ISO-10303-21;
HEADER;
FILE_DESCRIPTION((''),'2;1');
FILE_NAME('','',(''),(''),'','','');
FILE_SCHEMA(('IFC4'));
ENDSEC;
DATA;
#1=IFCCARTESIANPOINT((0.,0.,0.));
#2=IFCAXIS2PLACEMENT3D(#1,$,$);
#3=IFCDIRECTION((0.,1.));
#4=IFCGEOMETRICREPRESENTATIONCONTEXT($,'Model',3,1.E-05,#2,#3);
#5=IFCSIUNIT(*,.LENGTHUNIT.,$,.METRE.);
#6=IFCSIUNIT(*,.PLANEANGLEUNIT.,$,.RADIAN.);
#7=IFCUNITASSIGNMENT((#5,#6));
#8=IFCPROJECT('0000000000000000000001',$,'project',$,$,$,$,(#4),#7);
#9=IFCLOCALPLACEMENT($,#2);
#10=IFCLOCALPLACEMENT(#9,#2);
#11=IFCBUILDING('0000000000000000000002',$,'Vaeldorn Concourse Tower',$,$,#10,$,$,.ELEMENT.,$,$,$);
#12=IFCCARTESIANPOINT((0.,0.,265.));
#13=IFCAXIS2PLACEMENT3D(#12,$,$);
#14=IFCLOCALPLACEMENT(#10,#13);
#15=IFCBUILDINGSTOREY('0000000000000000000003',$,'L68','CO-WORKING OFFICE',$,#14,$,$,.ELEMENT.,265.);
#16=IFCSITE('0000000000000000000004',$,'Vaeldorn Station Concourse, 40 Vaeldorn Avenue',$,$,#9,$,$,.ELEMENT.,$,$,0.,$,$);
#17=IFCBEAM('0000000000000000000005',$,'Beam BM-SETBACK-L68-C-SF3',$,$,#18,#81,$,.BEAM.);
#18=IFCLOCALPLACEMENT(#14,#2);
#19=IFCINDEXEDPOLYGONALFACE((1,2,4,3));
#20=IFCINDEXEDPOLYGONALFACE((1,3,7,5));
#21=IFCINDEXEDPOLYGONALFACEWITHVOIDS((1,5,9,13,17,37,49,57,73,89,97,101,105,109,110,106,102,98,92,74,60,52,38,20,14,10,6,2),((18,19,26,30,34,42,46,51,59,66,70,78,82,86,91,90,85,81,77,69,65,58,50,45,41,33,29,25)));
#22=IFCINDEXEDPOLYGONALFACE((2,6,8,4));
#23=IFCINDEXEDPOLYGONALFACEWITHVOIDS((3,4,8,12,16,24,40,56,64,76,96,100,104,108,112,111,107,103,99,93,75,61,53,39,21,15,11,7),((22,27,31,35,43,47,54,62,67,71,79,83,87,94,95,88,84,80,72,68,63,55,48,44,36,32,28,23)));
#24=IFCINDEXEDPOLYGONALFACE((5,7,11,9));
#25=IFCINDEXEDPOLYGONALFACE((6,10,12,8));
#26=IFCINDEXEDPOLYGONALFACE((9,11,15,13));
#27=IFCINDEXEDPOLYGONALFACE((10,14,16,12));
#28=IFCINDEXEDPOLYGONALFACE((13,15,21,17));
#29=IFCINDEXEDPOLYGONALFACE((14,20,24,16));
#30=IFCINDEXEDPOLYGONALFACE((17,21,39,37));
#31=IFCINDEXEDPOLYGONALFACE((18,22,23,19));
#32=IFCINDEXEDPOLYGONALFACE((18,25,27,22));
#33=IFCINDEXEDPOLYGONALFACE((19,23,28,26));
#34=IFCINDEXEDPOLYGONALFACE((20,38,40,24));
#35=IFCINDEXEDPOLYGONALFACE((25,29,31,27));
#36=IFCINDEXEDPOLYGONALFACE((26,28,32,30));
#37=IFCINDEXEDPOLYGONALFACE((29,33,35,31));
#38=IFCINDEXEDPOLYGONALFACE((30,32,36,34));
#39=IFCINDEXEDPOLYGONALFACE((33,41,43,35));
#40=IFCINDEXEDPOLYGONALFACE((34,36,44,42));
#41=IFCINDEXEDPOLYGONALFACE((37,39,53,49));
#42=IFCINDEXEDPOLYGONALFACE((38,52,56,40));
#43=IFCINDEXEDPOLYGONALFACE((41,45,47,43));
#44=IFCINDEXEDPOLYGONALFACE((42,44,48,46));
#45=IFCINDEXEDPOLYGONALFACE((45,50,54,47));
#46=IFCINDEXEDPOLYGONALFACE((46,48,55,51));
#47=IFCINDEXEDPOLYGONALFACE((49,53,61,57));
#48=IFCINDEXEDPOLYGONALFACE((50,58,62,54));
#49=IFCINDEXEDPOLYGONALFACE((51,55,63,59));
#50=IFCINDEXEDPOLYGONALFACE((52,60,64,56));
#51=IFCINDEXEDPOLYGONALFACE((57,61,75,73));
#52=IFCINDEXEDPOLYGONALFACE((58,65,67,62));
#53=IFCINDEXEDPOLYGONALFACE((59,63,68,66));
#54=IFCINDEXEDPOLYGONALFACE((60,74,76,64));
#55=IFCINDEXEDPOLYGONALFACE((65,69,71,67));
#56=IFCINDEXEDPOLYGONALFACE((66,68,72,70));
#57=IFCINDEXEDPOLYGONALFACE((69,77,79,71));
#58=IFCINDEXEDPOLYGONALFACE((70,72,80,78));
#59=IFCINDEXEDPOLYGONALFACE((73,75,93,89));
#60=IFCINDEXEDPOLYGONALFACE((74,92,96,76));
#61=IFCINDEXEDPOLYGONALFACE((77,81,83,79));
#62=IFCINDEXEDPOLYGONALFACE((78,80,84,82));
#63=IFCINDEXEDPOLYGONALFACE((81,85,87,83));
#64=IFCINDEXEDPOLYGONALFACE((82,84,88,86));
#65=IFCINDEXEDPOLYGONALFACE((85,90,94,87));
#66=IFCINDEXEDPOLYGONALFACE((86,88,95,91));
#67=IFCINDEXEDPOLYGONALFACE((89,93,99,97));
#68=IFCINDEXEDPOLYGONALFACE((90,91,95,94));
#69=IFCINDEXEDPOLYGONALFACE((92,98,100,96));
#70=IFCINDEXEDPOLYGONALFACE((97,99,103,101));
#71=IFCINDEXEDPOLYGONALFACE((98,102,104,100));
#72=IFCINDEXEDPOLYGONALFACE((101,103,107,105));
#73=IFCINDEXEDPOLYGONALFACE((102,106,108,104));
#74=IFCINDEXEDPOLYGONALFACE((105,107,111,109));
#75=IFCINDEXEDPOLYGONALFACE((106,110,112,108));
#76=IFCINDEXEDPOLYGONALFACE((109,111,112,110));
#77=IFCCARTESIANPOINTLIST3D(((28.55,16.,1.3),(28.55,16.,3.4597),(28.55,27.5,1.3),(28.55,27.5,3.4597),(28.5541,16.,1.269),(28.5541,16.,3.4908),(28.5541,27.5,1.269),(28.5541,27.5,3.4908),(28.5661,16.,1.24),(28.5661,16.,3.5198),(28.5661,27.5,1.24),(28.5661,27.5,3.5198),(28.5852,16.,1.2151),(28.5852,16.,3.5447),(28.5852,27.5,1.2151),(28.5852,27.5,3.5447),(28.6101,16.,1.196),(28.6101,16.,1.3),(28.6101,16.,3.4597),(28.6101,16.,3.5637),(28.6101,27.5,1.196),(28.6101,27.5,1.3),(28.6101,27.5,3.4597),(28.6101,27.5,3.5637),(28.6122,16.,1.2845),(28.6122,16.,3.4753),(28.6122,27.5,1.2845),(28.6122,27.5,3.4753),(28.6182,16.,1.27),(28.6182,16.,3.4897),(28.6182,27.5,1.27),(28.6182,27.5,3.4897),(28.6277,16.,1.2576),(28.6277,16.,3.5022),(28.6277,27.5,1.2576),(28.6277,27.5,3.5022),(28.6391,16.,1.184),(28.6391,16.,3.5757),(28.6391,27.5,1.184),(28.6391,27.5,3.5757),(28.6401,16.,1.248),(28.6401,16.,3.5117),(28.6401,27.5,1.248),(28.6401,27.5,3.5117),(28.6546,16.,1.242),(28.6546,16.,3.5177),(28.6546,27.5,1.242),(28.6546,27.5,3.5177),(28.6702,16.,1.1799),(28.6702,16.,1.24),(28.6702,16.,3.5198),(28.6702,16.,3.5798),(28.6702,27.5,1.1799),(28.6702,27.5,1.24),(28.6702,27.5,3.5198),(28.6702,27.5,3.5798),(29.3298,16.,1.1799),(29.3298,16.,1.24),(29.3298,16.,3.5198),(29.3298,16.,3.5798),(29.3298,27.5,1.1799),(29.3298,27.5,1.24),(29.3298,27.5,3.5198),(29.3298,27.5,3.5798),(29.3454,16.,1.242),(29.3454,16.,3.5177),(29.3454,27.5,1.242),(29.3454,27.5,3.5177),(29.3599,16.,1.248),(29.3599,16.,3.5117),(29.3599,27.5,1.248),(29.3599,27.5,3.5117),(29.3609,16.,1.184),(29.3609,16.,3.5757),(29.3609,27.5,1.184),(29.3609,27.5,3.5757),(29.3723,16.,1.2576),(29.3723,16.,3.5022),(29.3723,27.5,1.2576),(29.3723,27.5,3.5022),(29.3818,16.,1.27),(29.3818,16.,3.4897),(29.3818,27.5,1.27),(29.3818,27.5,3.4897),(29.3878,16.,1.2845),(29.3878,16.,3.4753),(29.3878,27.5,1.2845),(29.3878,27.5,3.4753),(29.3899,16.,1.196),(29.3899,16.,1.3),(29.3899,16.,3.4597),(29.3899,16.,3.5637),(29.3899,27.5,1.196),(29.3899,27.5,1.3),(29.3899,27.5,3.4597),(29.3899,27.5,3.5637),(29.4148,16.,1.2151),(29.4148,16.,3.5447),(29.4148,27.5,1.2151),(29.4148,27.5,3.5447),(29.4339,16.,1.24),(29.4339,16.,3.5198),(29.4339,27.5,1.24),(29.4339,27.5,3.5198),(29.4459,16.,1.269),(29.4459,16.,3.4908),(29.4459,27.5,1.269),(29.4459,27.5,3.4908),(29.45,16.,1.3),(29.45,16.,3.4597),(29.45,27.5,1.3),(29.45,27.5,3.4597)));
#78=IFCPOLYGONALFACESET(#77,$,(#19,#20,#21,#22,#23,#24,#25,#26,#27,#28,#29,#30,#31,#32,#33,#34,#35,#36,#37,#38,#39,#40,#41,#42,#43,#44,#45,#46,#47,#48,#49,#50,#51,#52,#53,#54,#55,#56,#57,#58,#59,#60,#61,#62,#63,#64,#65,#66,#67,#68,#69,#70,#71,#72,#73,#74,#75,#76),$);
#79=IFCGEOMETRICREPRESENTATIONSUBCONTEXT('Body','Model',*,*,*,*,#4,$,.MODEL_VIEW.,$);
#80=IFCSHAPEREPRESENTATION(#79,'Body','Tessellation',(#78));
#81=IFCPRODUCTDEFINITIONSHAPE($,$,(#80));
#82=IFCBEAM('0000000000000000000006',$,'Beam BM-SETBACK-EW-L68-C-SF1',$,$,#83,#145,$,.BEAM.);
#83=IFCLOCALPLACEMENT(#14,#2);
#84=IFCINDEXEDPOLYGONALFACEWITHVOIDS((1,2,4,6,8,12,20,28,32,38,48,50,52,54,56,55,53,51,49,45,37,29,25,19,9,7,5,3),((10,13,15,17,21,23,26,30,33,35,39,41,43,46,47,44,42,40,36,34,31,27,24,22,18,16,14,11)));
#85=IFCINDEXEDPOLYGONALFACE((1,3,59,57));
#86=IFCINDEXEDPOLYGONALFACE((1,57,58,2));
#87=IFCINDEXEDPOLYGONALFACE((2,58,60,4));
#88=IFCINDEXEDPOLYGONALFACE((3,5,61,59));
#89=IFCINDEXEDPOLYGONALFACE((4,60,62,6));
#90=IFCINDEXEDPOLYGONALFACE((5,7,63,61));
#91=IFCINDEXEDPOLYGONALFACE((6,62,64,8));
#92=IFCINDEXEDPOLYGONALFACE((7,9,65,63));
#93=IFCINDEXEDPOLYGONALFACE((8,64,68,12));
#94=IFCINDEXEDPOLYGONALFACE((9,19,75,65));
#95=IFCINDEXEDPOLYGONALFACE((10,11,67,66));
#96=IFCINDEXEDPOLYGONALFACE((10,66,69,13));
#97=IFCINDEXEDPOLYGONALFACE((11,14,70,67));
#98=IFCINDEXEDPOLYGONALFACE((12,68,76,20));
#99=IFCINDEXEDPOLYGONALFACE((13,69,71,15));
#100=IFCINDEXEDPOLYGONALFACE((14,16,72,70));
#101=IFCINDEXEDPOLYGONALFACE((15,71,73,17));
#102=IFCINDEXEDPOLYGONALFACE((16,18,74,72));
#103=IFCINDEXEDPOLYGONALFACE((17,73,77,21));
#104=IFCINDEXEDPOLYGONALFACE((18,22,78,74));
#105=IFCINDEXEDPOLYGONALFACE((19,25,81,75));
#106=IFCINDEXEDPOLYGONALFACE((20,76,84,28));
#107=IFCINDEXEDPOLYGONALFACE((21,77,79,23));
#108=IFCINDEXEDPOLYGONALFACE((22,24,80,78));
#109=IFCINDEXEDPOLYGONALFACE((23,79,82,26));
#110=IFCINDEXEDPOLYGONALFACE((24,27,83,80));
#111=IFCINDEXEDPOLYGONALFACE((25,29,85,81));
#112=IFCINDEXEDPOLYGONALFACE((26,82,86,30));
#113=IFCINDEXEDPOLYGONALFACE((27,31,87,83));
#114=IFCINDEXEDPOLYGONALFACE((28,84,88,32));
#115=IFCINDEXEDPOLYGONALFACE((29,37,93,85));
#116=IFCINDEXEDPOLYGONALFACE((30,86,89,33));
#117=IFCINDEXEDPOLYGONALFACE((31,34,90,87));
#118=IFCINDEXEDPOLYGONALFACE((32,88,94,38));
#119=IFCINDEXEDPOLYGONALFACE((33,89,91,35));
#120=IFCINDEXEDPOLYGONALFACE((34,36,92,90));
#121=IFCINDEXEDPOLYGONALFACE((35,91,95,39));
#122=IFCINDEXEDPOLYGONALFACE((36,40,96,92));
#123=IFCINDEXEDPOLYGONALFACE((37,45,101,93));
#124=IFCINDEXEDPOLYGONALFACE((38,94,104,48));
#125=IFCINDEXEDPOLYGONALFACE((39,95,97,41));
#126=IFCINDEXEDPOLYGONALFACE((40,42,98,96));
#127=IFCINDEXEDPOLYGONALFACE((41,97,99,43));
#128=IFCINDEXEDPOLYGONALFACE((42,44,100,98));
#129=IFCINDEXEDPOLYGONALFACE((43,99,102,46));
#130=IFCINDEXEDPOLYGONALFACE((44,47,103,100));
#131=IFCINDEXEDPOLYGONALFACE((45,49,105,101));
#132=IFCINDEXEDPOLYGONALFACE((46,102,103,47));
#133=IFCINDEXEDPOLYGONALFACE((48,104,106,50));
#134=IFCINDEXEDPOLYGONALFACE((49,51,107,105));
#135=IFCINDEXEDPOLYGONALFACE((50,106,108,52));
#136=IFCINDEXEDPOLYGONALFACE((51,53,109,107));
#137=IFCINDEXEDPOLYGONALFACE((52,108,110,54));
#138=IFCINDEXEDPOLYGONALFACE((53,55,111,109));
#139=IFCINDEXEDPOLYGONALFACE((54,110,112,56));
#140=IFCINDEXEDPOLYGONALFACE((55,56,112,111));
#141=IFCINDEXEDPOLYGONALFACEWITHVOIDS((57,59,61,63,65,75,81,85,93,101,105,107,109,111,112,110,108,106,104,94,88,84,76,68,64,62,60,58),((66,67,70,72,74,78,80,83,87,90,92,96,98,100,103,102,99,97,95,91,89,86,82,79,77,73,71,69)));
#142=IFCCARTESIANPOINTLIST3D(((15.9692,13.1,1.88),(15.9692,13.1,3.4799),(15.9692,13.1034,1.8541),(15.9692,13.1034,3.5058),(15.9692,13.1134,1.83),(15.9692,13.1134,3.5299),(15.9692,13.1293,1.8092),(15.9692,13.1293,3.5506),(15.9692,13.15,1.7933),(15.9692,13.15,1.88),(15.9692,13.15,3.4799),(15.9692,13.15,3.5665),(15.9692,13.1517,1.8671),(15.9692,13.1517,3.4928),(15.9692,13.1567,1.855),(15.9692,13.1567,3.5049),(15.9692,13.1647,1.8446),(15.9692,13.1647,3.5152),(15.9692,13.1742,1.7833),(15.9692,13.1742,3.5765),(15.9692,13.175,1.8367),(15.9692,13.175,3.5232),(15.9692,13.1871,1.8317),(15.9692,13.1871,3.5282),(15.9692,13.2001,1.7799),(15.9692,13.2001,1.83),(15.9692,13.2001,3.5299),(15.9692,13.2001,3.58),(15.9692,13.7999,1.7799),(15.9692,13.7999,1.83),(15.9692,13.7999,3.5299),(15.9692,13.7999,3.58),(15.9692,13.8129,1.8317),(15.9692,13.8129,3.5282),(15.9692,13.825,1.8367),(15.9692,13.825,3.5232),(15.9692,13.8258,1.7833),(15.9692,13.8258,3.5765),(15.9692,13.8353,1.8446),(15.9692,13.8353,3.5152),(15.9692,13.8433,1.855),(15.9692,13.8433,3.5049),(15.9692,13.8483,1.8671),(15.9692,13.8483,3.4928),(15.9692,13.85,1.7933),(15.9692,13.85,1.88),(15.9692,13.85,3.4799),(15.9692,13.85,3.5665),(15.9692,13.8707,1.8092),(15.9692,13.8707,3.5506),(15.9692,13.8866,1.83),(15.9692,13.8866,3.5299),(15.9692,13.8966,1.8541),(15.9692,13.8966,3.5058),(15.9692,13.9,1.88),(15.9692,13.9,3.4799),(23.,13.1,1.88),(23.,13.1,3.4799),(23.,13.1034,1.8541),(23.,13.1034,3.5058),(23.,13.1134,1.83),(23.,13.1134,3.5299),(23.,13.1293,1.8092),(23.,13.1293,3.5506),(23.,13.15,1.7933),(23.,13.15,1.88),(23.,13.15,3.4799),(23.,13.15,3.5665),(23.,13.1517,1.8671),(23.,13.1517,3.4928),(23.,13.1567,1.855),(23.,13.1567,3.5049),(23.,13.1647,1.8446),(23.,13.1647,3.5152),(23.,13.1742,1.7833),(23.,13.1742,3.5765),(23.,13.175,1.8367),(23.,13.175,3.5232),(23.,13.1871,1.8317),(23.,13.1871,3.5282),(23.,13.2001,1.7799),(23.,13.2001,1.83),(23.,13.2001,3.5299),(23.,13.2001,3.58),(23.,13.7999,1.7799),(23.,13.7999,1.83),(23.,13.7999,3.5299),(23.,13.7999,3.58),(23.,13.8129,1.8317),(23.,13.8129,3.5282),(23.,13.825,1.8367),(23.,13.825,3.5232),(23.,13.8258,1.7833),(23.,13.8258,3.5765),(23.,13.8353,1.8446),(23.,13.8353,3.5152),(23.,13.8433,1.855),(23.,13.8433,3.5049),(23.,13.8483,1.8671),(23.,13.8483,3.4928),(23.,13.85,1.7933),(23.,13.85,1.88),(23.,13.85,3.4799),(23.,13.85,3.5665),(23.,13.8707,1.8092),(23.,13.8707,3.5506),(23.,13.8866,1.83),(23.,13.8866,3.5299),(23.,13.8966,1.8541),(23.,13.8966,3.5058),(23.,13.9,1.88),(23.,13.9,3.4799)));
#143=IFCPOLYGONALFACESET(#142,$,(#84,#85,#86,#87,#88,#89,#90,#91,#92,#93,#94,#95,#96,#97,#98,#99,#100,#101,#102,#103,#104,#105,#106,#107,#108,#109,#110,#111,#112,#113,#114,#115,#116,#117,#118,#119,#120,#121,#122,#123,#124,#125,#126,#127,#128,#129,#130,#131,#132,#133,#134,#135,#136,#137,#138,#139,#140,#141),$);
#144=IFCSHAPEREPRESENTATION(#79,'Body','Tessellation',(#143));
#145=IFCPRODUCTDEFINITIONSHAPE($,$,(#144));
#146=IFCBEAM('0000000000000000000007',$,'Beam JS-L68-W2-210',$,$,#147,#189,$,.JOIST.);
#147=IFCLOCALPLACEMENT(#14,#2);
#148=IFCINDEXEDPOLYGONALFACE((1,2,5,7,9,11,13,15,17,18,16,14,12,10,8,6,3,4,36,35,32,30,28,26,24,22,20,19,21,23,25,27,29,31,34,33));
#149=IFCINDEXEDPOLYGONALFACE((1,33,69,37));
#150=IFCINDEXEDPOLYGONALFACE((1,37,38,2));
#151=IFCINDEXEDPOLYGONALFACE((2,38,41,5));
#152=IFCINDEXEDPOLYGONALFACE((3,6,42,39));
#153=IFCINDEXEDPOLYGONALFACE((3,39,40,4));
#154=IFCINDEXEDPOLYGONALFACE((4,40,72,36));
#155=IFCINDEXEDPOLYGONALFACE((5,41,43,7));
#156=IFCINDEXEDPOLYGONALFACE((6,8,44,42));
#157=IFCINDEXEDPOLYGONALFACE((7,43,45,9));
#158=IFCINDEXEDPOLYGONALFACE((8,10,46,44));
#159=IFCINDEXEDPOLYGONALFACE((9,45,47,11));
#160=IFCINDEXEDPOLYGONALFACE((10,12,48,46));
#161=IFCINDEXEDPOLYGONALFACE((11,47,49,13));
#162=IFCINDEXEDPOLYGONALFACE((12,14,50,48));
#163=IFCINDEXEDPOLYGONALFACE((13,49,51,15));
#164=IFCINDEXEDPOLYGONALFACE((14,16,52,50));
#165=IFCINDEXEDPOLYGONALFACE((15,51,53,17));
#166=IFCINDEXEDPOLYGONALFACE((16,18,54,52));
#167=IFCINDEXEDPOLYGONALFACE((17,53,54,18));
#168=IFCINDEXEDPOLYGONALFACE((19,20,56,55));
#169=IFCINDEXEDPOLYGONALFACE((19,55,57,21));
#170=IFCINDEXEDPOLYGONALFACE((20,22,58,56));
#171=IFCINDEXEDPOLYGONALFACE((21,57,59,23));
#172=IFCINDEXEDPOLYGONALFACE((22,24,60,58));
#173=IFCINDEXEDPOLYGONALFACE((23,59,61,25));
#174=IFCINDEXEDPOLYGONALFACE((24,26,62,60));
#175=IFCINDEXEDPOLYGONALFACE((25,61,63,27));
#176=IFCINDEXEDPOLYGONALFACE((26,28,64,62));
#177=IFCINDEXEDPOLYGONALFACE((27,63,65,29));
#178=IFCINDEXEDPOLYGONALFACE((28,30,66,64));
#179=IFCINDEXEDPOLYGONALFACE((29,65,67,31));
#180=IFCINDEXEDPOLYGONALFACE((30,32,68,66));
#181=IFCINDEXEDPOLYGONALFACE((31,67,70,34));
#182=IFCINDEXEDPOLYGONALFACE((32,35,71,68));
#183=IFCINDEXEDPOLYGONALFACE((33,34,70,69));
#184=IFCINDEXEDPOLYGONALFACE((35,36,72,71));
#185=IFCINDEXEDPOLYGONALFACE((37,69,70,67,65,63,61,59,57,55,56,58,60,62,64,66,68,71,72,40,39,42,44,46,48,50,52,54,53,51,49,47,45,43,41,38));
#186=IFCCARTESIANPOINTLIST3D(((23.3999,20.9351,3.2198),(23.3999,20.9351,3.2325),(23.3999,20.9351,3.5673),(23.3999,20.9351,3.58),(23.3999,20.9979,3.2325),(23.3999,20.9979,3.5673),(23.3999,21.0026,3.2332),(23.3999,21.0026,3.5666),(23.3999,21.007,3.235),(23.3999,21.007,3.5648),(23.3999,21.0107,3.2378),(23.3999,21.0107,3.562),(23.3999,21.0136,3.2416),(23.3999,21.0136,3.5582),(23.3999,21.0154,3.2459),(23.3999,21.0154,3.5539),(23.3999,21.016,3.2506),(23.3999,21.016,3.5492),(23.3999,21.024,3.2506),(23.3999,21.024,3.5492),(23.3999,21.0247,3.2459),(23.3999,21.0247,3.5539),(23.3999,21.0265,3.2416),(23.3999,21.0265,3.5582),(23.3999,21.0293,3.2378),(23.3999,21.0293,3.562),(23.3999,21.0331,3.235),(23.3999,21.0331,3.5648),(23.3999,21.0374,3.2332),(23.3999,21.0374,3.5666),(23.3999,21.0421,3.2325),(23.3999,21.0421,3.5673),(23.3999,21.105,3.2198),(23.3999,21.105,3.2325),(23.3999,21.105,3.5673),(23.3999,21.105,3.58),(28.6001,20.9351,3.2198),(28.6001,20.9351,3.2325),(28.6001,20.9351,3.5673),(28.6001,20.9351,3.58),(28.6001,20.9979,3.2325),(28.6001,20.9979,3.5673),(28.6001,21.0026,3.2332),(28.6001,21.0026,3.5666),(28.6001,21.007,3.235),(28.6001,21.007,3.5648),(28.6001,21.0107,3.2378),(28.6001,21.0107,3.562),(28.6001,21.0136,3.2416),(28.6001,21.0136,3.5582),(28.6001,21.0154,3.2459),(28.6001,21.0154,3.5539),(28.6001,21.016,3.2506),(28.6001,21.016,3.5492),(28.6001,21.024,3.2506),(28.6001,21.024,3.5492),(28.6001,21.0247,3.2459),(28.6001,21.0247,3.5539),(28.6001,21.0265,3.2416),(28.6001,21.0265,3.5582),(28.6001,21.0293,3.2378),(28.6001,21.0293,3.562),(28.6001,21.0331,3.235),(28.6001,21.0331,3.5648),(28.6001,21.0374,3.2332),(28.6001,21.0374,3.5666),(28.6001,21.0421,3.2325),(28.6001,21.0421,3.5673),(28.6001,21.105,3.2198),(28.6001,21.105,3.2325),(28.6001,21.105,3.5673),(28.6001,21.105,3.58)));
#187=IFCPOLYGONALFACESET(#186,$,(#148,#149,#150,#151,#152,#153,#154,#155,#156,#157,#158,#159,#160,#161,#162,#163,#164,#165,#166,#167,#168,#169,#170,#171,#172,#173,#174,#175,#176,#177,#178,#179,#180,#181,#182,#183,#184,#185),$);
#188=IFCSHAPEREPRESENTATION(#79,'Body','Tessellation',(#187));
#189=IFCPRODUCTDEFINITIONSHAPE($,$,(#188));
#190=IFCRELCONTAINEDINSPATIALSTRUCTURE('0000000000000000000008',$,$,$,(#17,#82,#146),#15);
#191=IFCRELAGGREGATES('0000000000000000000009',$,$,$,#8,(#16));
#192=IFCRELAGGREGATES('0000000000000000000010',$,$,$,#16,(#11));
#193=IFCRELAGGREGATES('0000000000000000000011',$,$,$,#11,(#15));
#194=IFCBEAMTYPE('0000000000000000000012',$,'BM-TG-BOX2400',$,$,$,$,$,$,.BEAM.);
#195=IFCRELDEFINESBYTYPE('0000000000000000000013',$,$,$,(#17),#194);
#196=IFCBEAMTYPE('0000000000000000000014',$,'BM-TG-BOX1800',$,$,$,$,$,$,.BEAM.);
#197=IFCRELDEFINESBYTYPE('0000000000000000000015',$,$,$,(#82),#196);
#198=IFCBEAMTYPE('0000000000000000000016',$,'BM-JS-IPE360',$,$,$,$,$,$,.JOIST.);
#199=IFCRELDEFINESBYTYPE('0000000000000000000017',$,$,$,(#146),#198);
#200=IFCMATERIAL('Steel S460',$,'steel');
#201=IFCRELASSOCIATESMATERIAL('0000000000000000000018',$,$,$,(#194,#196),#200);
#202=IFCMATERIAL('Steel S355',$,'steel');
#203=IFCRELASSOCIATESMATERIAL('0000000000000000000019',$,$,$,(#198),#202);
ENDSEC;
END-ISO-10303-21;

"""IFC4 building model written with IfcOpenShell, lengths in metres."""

from ifc_helpers import new_model, si_unit, direction, frame, origin, origin_2d, place, context, subcontext, project, spatial, hollow_rectangle, i_section, extrude, source, transform, mapped, material, material_profile, profile_set, type_object, element, save


model = new_model("IFC4")

# Units and contexts
model_context = context("Model", 3, precision=1e-05, world=origin(), true_north=direction((0.0, 1.0)))
body_context = subcontext(model_context, "Body", "Model", "MODEL_VIEW")
ifc_project = project(units=[si_unit("LENGTHUNIT", "METRE"), si_unit("PLANEANGLEUNIT", "RADIAN")], contexts=[model_context])

# Site, building, storey
site_placement = place(None, origin())
site = spatial("IfcSite", under=ifc_project, at=site_placement, Name="Vaeldorn Station Concourse, 40 Vaeldorn Avenue", CompositionType="ELEMENT", RefElevation=0.0)
building_placement = place(site_placement, origin())
building = spatial("IfcBuilding", under=site, at=building_placement, Name="Vaeldorn Concourse Tower", CompositionType="ELEMENT")
storey_placement = place(building_placement, frame((0.0, 0.0, 265.0)))
storey = spatial("IfcBuildingStorey", under=building, at=storey_placement, Name="L68", Description="CO-WORKING OFFICE", CompositionType="ELEMENT", Elevation=265.0)

# Shared definitions
ifc_material_1 = material(Name="Steel S355", Category="steel")

# Beams
ifc_material_2 = material(Name="Steel S460", Category="steel")
ifc_material_profile_1 = material_profile(ifc_material_2, hollow_rectangle(XDim=0.8999, YDim=2.3999, WallThickness=0.0601, InnerFilletRadius=0.0601, OuterFilletRadius=0.1201, at=origin_2d()), Name="RHS 2400x900x60")
ifc_profile_set_1 = profile_set([ifc_material_profile_1], Name="Steel S460")
beam_type_1 = type_object("IfcBeamType", Name="BM-TG-BOX2400", PredefinedType="BEAM", material=ifc_profile_set_1)
shared_shape_1 = source(origin(), body_context, "Body", "SweptSolid", [
    extrude(hollow_rectangle(XDim=0.8999, YDim=2.3999, WallThickness=0.0601, InnerFilletRadius=0.0601, OuterFilletRadius=0.1201, at=origin_2d()), origin(), (0.0, 0.0, 1.0), 11.5),
])
beam_1_placement = place(storey_placement, frame((29.0, 16.0, 2.3799), z_axis=(0.0, 1.0, 0.0), x_axis=(-1.0, 0.0, 0.0)))
element("IfcBeam", 1, at=beam_1_placement, inside=storey, type_object=beam_type_1, Name="Beam BM-SETBACK-L68-C-SF3", PredefinedType="BEAM", context=body_context, shape_type="MappedRepresentation", body=[
    mapped(shared_shape_1, transform((0.0, 0.0, 0.0), scale=1.0)),
])
ifc_material_profile_2 = material_profile(ifc_material_2, hollow_rectangle(XDim=0.8, YDim=1.8, WallThickness=0.05, InnerFilletRadius=0.05, OuterFilletRadius=0.1001, at=origin_2d()), Name="RHS 1800x800x50")
ifc_profile_set_2 = profile_set([ifc_material_profile_2], Name="Steel S460")
beam_type_2 = type_object("IfcBeamType", Name="BM-TG-BOX1800", PredefinedType="BEAM", material=ifc_profile_set_2)
shared_shape_2 = source(origin(), body_context, "Body", "SweptSolid", [
    extrude(hollow_rectangle(XDim=0.8, YDim=1.8, WallThickness=0.05, InnerFilletRadius=0.05, OuterFilletRadius=0.1001, at=origin_2d()), origin(), (0.0, 0.0, 1.0), 7.0308),
])
beam_2_placement = place(storey_placement, frame((15.9692, 13.5, 2.6799), z_axis=(1.0, 0.0, 0.0), x_axis=(0.0, 1.0, 0.0)))
element("IfcBeam", 2, at=beam_2_placement, inside=storey, type_object=beam_type_2, Name="Beam BM-SETBACK-EW-L68-C-SF1", PredefinedType="BEAM", context=body_context, shape_type="MappedRepresentation", body=[
    mapped(shared_shape_2, transform((0.0, 0.0, 0.0), scale=1.0)),
])
ifc_material_profile_3 = material_profile(ifc_material_1, i_section(OverallWidth=0.1699, OverallDepth=0.3601, WebThickness=0.0081, FlangeThickness=0.0127, FilletRadius=0.0181, at=origin_2d()), Name="IPE 360")
ifc_profile_set_3 = profile_set([ifc_material_profile_3], Name="Steel S355")
beam_type_3 = type_object("IfcBeamType", Name="BM-JS-IPE360", PredefinedType="JOIST", material=ifc_profile_set_3)
shared_shape_3 = source(origin(), body_context, "Body", "SweptSolid", [
    extrude(i_section(OverallWidth=0.1699, OverallDepth=0.3601, WebThickness=0.0081, FlangeThickness=0.0127, FilletRadius=0.0181, at=origin_2d()), origin(), (0.0, 0.0, 1.0), 5.2002),
])
for number, where, z_axis, x_axis, name in (
    (3, (23.3999, 21.02, 3.3999), (1.0, 0.0, 0.0), (0.0, 1.0, 0.0), "Beam JS-L68-W2-210"),
):
    element("IfcBeam", number, at=place(storey_placement, frame(where, z_axis=z_axis, x_axis=x_axis)), inside=storey, type_object=beam_type_3, Name=name, PredefinedType="JOIST", context=body_context, shape_type="MappedRepresentation", body=[
        mapped(shared_shape_3, transform((0.0, 0.0, 0.0), scale=1.0)),
    ])

save(model, "model.ifc")
